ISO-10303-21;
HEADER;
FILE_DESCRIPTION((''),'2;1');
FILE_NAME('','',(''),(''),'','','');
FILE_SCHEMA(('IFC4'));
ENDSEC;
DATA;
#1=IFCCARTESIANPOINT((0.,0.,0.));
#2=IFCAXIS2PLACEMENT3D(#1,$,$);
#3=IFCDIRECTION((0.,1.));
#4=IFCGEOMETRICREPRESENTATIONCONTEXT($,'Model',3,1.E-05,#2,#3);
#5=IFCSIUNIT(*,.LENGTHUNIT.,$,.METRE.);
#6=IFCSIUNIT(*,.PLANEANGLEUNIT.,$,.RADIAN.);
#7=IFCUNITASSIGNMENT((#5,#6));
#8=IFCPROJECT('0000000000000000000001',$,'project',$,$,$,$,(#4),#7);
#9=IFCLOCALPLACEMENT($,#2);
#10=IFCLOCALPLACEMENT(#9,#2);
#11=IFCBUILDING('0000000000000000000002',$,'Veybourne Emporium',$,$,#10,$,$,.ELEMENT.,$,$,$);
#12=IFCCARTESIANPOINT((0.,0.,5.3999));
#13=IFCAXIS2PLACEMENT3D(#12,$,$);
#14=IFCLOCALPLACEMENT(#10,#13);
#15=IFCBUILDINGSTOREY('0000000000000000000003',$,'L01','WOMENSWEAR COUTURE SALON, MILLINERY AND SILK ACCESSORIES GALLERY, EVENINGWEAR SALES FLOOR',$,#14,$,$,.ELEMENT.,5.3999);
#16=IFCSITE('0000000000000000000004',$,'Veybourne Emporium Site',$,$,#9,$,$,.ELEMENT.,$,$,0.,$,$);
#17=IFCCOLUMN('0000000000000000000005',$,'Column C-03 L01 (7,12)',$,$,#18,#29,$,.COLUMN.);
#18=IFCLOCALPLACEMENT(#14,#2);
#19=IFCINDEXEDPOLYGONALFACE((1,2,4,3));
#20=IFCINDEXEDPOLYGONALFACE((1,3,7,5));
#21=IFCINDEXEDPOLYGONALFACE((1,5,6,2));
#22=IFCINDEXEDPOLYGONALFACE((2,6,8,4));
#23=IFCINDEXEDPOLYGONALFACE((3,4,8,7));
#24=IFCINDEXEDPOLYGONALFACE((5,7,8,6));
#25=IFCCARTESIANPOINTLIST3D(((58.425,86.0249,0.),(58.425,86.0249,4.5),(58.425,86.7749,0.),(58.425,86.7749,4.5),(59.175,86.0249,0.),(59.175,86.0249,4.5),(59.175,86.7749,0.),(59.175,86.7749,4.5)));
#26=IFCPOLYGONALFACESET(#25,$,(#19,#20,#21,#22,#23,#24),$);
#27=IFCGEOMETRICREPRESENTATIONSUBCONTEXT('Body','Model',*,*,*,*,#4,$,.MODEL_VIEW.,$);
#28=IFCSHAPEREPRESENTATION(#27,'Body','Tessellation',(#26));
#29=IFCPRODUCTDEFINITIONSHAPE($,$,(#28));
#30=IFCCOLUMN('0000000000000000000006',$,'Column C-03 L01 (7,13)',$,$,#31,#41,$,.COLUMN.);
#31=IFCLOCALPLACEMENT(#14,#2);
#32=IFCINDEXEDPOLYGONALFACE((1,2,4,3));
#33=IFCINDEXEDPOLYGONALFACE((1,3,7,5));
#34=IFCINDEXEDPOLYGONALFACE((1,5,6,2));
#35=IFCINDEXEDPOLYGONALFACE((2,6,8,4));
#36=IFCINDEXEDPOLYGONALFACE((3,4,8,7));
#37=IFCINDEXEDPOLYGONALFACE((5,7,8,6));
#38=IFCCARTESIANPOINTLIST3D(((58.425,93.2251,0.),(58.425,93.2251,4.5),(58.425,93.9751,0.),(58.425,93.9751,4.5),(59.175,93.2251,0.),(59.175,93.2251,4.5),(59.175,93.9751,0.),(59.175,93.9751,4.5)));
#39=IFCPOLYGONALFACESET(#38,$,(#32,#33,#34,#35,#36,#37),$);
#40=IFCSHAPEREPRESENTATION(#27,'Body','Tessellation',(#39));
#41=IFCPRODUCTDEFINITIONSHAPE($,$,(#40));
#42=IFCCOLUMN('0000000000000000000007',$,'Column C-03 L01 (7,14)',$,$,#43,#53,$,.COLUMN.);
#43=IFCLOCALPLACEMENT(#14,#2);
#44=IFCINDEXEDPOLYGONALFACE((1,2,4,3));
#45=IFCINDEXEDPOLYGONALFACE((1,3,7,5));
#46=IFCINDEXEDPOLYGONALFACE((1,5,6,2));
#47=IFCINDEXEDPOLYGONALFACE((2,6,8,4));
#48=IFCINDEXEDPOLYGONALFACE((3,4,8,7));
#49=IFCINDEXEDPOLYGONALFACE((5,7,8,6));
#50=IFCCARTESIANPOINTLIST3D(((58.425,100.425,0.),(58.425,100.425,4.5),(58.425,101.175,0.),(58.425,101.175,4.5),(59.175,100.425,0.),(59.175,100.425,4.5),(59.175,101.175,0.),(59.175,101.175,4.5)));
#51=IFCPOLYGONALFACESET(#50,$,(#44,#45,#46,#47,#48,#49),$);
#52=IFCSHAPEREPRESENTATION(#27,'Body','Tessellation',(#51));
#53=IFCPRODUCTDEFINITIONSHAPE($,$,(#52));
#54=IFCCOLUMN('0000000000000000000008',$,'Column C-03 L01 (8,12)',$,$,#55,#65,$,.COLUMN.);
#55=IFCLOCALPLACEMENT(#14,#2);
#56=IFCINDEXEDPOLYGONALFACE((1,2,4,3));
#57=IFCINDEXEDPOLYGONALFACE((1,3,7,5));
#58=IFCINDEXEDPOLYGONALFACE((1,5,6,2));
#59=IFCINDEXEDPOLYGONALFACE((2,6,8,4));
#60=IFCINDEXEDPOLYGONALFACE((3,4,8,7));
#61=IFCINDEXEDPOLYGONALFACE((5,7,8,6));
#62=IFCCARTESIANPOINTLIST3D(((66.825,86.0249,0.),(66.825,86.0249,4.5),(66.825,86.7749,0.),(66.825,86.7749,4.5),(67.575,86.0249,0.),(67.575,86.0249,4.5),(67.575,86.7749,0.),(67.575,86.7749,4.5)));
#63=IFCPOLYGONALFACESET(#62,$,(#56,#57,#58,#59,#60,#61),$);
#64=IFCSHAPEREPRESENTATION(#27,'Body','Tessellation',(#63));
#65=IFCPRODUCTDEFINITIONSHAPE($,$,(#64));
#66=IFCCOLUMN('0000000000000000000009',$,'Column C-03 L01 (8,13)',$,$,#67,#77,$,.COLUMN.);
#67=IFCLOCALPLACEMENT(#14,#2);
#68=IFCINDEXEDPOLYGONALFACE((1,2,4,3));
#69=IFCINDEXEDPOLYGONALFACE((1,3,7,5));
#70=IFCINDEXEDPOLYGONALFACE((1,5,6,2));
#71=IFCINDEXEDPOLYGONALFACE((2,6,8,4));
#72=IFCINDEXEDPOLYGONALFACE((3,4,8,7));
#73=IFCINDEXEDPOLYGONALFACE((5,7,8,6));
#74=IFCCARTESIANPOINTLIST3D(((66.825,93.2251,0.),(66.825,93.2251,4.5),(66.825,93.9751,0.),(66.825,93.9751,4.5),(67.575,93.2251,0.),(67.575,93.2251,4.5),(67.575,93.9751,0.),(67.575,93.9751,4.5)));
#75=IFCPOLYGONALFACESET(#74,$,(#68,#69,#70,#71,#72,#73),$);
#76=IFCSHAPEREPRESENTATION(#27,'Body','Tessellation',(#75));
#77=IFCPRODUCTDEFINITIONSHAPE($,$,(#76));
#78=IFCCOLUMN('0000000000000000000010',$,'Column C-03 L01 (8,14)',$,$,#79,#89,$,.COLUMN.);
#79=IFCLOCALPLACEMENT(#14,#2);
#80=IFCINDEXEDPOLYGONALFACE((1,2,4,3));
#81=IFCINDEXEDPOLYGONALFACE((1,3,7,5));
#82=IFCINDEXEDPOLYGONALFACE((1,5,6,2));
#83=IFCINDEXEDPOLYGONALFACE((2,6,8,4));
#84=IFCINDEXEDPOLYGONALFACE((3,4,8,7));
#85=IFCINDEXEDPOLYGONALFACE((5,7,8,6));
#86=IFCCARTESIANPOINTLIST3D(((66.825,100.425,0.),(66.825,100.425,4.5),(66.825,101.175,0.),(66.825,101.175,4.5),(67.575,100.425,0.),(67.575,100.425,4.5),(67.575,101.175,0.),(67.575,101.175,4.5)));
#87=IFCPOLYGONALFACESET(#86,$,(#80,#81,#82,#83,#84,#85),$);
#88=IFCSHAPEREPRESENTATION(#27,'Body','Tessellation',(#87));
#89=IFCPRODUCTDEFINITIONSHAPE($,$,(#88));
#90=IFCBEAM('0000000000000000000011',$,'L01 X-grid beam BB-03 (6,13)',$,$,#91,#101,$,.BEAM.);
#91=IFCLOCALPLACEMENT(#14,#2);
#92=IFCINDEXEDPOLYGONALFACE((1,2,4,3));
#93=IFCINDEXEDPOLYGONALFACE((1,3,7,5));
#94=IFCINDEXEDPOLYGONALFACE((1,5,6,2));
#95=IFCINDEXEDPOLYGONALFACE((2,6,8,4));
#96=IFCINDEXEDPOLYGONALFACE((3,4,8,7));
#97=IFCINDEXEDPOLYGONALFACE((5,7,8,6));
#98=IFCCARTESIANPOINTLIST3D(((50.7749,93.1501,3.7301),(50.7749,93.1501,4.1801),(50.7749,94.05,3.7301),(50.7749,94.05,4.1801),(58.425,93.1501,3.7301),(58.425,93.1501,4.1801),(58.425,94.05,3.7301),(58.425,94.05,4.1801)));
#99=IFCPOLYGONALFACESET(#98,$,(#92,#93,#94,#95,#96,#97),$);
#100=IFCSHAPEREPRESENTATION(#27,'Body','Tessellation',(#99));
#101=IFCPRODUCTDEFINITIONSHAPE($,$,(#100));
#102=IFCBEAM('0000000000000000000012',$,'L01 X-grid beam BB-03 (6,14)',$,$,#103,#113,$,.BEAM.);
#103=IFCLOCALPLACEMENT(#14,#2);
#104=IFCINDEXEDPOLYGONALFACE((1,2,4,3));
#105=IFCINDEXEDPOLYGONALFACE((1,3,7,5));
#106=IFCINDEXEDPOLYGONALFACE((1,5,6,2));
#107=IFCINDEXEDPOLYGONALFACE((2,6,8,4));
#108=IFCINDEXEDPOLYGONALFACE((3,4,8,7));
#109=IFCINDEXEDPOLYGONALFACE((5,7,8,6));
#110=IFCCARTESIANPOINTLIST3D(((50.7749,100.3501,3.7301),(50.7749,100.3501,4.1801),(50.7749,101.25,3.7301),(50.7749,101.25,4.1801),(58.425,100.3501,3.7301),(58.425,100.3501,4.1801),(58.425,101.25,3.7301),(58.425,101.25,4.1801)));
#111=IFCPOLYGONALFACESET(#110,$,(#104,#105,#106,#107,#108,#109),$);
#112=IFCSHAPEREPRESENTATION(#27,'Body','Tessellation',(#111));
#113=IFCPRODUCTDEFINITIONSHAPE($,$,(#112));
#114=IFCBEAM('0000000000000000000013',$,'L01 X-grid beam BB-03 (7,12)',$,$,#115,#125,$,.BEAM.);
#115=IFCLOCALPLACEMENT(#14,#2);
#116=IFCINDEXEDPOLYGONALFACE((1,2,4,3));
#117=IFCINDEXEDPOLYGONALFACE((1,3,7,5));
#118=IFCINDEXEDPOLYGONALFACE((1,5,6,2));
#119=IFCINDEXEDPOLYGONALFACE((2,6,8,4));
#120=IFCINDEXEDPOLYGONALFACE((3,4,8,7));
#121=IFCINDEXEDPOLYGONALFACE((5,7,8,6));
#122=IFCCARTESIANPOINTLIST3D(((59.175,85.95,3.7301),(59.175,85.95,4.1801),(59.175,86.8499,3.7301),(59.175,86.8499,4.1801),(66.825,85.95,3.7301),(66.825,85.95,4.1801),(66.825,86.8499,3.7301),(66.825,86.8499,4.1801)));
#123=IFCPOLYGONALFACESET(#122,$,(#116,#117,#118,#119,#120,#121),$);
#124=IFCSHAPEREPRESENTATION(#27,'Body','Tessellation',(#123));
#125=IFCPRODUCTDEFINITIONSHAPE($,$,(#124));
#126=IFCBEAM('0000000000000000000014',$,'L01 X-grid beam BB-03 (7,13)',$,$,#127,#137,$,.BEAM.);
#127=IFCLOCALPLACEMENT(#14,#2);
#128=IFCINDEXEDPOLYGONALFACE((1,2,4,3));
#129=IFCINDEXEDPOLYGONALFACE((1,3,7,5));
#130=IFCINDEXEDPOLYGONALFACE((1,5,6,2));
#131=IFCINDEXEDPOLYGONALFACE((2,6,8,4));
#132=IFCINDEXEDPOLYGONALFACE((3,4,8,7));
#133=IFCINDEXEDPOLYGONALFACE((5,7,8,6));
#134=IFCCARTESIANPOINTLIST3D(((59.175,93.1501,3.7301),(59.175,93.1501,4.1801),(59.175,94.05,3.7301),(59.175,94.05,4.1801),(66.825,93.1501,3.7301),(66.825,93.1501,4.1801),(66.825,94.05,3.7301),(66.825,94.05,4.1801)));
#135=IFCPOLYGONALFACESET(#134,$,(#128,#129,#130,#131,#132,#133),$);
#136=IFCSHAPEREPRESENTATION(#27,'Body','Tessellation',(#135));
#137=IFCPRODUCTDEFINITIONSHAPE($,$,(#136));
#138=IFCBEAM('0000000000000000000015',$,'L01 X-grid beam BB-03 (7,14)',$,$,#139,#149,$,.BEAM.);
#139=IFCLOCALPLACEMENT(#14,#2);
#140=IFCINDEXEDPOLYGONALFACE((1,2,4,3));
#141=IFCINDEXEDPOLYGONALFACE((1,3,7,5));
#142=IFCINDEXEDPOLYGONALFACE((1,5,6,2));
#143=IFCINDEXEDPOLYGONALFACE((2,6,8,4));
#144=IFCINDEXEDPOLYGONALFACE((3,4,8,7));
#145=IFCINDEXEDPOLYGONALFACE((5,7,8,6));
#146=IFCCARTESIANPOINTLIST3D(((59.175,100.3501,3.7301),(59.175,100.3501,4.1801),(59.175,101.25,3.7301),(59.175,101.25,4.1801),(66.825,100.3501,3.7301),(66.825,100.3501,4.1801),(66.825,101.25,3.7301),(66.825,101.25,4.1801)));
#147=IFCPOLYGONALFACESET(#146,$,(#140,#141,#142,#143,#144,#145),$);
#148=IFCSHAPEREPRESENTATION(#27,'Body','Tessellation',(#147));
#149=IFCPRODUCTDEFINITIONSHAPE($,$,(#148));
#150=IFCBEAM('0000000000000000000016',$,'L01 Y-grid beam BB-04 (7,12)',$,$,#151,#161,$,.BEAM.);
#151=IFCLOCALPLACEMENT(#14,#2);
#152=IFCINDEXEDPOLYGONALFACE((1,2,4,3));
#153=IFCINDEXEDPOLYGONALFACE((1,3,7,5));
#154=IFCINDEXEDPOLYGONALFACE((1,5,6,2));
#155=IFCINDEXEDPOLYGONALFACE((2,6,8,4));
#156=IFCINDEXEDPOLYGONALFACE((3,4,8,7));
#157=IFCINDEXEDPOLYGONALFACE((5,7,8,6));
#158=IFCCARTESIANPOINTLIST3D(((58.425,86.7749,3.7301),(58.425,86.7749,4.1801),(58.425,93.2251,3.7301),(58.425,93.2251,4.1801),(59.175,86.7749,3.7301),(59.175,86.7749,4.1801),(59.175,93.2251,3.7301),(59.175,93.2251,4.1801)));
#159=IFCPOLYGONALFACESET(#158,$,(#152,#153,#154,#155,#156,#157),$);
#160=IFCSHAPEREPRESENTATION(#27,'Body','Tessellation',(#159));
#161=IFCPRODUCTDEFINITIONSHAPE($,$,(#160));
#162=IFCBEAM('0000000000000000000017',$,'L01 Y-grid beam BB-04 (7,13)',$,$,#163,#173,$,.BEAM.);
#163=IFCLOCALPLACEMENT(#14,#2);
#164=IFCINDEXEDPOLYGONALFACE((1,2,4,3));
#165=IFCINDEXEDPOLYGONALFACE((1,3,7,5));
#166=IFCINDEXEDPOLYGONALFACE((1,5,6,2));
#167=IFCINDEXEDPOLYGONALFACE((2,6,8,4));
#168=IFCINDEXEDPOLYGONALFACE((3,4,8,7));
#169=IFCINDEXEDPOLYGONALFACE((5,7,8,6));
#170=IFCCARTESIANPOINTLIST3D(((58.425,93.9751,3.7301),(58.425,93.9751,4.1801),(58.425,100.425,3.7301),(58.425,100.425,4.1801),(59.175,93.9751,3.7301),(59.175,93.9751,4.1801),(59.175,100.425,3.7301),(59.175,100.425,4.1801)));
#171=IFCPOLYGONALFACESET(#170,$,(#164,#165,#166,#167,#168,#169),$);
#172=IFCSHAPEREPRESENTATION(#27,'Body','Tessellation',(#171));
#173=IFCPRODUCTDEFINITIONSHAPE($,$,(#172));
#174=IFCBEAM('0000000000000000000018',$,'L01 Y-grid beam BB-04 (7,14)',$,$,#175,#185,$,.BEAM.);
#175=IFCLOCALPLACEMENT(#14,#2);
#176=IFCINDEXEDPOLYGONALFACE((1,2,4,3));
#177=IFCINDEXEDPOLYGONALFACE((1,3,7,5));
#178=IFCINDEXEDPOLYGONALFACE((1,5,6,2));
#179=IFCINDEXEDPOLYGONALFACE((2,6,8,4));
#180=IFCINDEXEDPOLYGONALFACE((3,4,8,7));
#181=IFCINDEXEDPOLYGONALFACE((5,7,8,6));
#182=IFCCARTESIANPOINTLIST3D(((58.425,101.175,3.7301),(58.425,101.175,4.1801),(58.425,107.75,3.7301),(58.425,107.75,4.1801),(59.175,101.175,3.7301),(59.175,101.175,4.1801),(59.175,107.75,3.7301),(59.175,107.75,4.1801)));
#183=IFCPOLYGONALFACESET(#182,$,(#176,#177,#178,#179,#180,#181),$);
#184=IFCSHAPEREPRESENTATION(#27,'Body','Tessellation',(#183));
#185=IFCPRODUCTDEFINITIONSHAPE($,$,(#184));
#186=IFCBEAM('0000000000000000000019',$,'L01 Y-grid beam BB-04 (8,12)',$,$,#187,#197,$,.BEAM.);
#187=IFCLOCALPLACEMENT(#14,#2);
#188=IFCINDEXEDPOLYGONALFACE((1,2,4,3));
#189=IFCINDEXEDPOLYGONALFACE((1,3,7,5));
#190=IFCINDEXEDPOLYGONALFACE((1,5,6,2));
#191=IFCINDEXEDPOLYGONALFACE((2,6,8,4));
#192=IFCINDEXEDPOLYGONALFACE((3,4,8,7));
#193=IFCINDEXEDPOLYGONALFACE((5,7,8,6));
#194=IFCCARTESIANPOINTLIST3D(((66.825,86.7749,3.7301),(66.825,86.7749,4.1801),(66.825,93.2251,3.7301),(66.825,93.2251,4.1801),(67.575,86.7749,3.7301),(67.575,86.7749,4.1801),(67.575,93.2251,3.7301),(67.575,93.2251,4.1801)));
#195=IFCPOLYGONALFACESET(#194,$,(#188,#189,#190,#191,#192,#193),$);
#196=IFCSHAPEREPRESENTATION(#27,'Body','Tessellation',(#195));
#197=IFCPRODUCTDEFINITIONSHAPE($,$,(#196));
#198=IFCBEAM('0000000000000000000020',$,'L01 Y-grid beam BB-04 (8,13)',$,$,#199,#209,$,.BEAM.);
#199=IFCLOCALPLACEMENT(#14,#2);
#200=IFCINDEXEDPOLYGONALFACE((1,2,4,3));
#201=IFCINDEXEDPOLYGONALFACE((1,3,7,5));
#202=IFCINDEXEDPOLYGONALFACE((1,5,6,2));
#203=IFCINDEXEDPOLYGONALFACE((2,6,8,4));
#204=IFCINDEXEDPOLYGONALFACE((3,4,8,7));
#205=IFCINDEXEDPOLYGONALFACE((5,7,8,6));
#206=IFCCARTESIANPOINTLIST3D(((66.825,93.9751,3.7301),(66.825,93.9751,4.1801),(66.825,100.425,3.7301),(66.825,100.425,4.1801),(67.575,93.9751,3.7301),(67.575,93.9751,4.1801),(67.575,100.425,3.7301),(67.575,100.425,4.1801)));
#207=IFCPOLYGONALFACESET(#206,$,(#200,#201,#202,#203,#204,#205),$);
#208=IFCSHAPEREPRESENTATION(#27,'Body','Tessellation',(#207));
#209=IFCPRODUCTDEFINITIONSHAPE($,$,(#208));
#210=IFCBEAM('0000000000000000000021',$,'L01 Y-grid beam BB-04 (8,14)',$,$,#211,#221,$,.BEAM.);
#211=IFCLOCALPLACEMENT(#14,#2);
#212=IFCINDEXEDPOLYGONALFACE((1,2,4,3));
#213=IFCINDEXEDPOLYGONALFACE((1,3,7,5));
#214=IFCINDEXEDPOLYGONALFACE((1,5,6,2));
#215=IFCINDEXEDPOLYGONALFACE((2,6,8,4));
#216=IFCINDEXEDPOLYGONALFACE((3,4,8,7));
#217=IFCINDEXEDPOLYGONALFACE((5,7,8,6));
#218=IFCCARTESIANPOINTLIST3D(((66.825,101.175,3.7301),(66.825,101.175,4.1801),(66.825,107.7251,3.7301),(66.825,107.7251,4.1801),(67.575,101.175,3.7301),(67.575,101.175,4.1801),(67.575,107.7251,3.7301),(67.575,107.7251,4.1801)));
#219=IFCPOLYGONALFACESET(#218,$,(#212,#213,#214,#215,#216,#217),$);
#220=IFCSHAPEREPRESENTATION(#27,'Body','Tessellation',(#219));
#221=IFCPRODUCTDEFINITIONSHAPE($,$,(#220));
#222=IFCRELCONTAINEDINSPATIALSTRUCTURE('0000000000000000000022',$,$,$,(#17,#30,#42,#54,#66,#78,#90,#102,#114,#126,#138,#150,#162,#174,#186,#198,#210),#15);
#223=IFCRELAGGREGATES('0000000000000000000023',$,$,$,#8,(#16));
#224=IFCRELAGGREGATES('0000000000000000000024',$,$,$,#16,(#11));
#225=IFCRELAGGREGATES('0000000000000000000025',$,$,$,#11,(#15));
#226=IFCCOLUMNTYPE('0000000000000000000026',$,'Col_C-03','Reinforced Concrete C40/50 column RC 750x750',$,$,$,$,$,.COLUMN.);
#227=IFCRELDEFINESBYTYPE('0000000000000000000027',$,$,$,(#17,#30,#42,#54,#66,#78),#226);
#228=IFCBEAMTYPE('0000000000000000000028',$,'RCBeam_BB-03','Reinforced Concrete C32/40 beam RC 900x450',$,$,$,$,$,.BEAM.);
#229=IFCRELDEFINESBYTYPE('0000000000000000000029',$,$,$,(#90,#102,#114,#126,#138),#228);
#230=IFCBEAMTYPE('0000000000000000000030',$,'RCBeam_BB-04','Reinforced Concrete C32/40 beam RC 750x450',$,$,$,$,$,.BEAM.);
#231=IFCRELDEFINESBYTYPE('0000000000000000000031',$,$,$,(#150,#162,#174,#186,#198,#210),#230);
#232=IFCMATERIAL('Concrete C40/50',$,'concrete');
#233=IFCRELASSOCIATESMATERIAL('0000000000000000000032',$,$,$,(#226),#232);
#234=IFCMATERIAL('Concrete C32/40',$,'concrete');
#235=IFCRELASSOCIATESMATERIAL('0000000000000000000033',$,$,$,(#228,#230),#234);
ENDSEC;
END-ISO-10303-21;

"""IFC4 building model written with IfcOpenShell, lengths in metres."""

from ifc_helpers import new_model, si_unit, direction, frame, origin, origin_2d, place, context, subcontext, project, spatial, rectangle, extrude, material, material_profile, profile_set, type_object, element, save


model = new_model("IFC4")

# Units and contexts
model_context = context("Model", 3, precision=1e-05, world=origin(), true_north=direction((0.0, 1.0)))
body_context = subcontext(model_context, "Body", "Model", "MODEL_VIEW")
ifc_project = project(units=[si_unit("LENGTHUNIT", "METRE"), si_unit("PLANEANGLEUNIT", "RADIAN")], contexts=[model_context])

# Site, building, storey
site_placement = place(None, origin())
site = spatial("IfcSite", under=ifc_project, at=site_placement, Name="Veybourne Emporium Site", CompositionType="ELEMENT", RefElevation=0.0)
building_placement = place(site_placement, origin())
building = spatial("IfcBuilding", under=site, at=building_placement, Name="Veybourne Emporium", CompositionType="ELEMENT")
storey_placement = place(building_placement, frame((0.0, 0.0, 5.3999)))
storey = spatial("IfcBuildingStorey", under=building, at=storey_placement, Name="L01", Description="WOMENSWEAR COUTURE SALON, MILLINERY AND SILK ACCESSORIES GALLERY, EVENINGWEAR SALES FLOOR", CompositionType="ELEMENT", Elevation=5.3999)

# Columns
ifc_material_1 = material(Name="Concrete C40/50", Category="concrete")
ifc_material_profile_1 = material_profile(ifc_material_1, rectangle(XDim=0.75, YDim=0.75, at=origin_2d()), Name="RC 750x750")
ifc_profile_set_1 = profile_set([ifc_material_profile_1], Name="Concrete C40/50")
column_type = type_object("IfcColumnType", Name="Col_C-03", Description="Reinforced Concrete C40/50 column RC 750x750", PredefinedType="COLUMN", material=ifc_profile_set_1)
for number, where, z_axis, x_axis, name in (
    (1, (58.8, 86.3999, 0.0), (0.0, 0.0, 1.0), (1.0, 0.0, 0.0), "Column C-03 L01 (7,12)"),
    (2, (58.8, 93.6001, 0.0), (0.0, 0.0, 1.0), (1.0, 0.0, 0.0), "Column C-03 L01 (7,13)"),
    (3, (58.8, 100.8, 0.0), (0.0, 0.0, 1.0), (1.0, 0.0, 0.0), "Column C-03 L01 (7,14)"),
    (4, (67.2, 86.3999, 0.0), (0.0, 0.0, 1.0), (1.0, 0.0, 0.0), "Column C-03 L01 (8,12)"),
    (5, (67.2, 93.6001, 0.0), (0.0, 0.0, 1.0), (1.0, 0.0, 0.0), "Column C-03 L01 (8,13)"),
    (6, (67.2, 100.8, 0.0), (0.0, 0.0, 1.0), (1.0, 0.0, 0.0), "Column C-03 L01 (8,14)"),
):
    element("IfcColumn", number, at=place(storey_placement, frame(where, z_axis=z_axis, x_axis=x_axis)), inside=storey, type_object=column_type, Name=name, PredefinedType="COLUMN", context=body_context, shape_type="SweptSolid", body=[
        extrude(rectangle(XDim=0.75, YDim=0.75, at=origin_2d()), origin(), (0.0, 0.0, 1.0), 4.5),
    ])

# Beams
ifc_material_2 = material(Name="Concrete C32/40", Category="concrete")
ifc_material_profile_2 = material_profile(ifc_material_2, rectangle(XDim=0.8999, YDim=0.45, at=origin_2d()), Name="RC 900x450")
ifc_profile_set_2 = profile_set([ifc_material_profile_2], Name="Concrete C32/40")
beam_type_1 = type_object("IfcBeamType", Name="RCBeam_BB-03", Description="Reinforced Concrete C32/40 beam RC 900x450", PredefinedType="BEAM", material=ifc_profile_set_2)
for number, where, z_axis, x_axis, name in (
    (7, (50.7749, 93.6001, 3.9551), (1.0, 0.0, 0.0), (0.0, 1.0, 0.0), "L01 X-grid beam BB-03 (6,13)"),
    (8, (50.7749, 100.8, 3.9551), (1.0, 0.0, 0.0), (0.0, 1.0, 0.0), "L01 X-grid beam BB-03 (6,14)"),
):
    element("IfcBeam", number, at=place(storey_placement, frame(where, z_axis=z_axis, x_axis=x_axis)), inside=storey, type_object=beam_type_1, Name=name, PredefinedType="BEAM", context=body_context, shape_type="SweptSolid", body=[
        extrude(rectangle(XDim=0.8999, YDim=0.45, at=origin_2d()), origin(), (0.0, 0.0, 1.0), 7.6501),
    ])
for number, where, z_axis, x_axis, name in (
    (9, (59.175, 86.3999, 3.9551), (1.0, 0.0, 0.0), (0.0, 1.0, 0.0), "L01 X-grid beam BB-03 (7,12)"),
    (10, (59.175, 93.6001, 3.9551), (1.0, 0.0, 0.0), (0.0, 1.0, 0.0), "L01 X-grid beam BB-03 (7,13)"),
    (11, (59.175, 100.8, 3.9551), (1.0, 0.0, 0.0), (0.0, 1.0, 0.0), "L01 X-grid beam BB-03 (7,14)"),
):
    element("IfcBeam", number, at=place(storey_placement, frame(where, z_axis=z_axis, x_axis=x_axis)), inside=storey, type_object=beam_type_1, Name=name, PredefinedType="BEAM", context=body_context, shape_type="SweptSolid", body=[
        extrude(rectangle(XDim=0.8999, YDim=0.45, at=origin_2d()), origin(), (0.0, 0.0, 1.0), 7.6499),
    ])
ifc_material_profile_3 = material_profile(ifc_material_2, rectangle(XDim=0.75, YDim=0.45, at=origin_2d()), Name="RC 750x450")
ifc_profile_set_3 = profile_set([ifc_material_profile_3], Name="Concrete C32/40")
beam_type_2 = type_object("IfcBeamType", Name="RCBeam_BB-04", Description="Reinforced Concrete C32/40 beam RC 750x450", PredefinedType="BEAM", material=ifc_profile_set_3)
beam_1_placement = place(storey_placement, frame((58.8, 86.7749, 3.9551), z_axis=(0.0, 1.0, 0.0), x_axis=(-1.0, 0.0, 0.0)))
element("IfcBeam", 12, at=beam_1_placement, inside=storey, type_object=beam_type_2, Name="L01 Y-grid beam BB-04 (7,12)", PredefinedType="BEAM", context=body_context, shape_type="SweptSolid", body=[
    extrude(rectangle(XDim=0.75, YDim=0.45, at=origin_2d()), origin(), (0.0, 0.0, 1.0), 6.4502),
])
beam_2_placement = place(storey_placement, frame((58.8, 93.9751, 3.9551), z_axis=(0.0, 1.0, 0.0), x_axis=(-1.0, 0.0, 0.0)))
element("IfcBeam", 13, at=beam_2_placement, inside=storey, type_object=beam_type_2, Name="L01 Y-grid beam BB-04 (7,13)", PredefinedType="BEAM", context=body_context, shape_type="SweptSolid", body=[
    extrude(rectangle(XDim=0.75, YDim=0.45, at=origin_2d()), origin(), (0.0, 0.0, 1.0), 6.45),
])
beam_3_placement = place(storey_placement, frame((58.8, 101.175, 3.9551), z_axis=(0.0, 1.0, 0.0), x_axis=(-1.0, 0.0, 0.0)))
element("IfcBeam", 14, at=beam_3_placement, inside=storey, type_object=beam_type_2, Name="L01 Y-grid beam BB-04 (7,14)", PredefinedType="BEAM", context=body_context, shape_type="SweptSolid", body=[
    extrude(rectangle(XDim=0.75, YDim=0.45, at=origin_2d()), origin(), (0.0, 0.0, 1.0), 6.575),
])
beam_4_placement = place(storey_placement, frame((67.2, 86.7749, 3.9551), z_axis=(0.0, 1.0, 0.0), x_axis=(-1.0, 0.0, 0.0)))
element("IfcBeam", 15, at=beam_4_placement, inside=storey, type_object=beam_type_2, Name="L01 Y-grid beam BB-04 (8,12)", PredefinedType="BEAM", context=body_context, shape_type="SweptSolid", body=[
    extrude(rectangle(XDim=0.75, YDim=0.45, at=origin_2d()), origin(), (0.0, 0.0, 1.0), 6.4502),
])
beam_5_placement = place(storey_placement, frame((67.2, 93.9751, 3.9551), z_axis=(0.0, 1.0, 0.0), x_axis=(-1.0, 0.0, 0.0)))
element("IfcBeam", 16, at=beam_5_placement, inside=storey, type_object=beam_type_2, Name="L01 Y-grid beam BB-04 (8,13)", PredefinedType="BEAM", context=body_context, shape_type="SweptSolid", body=[
    extrude(rectangle(XDim=0.75, YDim=0.45, at=origin_2d()), origin(), (0.0, 0.0, 1.0), 6.45),
])
beam_6_placement = place(storey_placement, frame((67.2, 101.175, 3.9551), z_axis=(0.0, 1.0, 0.0), x_axis=(-1.0, 0.0, 0.0)))
element("IfcBeam", 17, at=beam_6_placement, inside=storey, type_object=beam_type_2, Name="L01 Y-grid beam BB-04 (8,14)", PredefinedType="BEAM", context=body_context, shape_type="SweptSolid", body=[
    extrude(rectangle(XDim=0.75, YDim=0.45, at=origin_2d()), origin(), (0.0, 0.0, 1.0), 6.55),
])

save(model, "model.ifc")
